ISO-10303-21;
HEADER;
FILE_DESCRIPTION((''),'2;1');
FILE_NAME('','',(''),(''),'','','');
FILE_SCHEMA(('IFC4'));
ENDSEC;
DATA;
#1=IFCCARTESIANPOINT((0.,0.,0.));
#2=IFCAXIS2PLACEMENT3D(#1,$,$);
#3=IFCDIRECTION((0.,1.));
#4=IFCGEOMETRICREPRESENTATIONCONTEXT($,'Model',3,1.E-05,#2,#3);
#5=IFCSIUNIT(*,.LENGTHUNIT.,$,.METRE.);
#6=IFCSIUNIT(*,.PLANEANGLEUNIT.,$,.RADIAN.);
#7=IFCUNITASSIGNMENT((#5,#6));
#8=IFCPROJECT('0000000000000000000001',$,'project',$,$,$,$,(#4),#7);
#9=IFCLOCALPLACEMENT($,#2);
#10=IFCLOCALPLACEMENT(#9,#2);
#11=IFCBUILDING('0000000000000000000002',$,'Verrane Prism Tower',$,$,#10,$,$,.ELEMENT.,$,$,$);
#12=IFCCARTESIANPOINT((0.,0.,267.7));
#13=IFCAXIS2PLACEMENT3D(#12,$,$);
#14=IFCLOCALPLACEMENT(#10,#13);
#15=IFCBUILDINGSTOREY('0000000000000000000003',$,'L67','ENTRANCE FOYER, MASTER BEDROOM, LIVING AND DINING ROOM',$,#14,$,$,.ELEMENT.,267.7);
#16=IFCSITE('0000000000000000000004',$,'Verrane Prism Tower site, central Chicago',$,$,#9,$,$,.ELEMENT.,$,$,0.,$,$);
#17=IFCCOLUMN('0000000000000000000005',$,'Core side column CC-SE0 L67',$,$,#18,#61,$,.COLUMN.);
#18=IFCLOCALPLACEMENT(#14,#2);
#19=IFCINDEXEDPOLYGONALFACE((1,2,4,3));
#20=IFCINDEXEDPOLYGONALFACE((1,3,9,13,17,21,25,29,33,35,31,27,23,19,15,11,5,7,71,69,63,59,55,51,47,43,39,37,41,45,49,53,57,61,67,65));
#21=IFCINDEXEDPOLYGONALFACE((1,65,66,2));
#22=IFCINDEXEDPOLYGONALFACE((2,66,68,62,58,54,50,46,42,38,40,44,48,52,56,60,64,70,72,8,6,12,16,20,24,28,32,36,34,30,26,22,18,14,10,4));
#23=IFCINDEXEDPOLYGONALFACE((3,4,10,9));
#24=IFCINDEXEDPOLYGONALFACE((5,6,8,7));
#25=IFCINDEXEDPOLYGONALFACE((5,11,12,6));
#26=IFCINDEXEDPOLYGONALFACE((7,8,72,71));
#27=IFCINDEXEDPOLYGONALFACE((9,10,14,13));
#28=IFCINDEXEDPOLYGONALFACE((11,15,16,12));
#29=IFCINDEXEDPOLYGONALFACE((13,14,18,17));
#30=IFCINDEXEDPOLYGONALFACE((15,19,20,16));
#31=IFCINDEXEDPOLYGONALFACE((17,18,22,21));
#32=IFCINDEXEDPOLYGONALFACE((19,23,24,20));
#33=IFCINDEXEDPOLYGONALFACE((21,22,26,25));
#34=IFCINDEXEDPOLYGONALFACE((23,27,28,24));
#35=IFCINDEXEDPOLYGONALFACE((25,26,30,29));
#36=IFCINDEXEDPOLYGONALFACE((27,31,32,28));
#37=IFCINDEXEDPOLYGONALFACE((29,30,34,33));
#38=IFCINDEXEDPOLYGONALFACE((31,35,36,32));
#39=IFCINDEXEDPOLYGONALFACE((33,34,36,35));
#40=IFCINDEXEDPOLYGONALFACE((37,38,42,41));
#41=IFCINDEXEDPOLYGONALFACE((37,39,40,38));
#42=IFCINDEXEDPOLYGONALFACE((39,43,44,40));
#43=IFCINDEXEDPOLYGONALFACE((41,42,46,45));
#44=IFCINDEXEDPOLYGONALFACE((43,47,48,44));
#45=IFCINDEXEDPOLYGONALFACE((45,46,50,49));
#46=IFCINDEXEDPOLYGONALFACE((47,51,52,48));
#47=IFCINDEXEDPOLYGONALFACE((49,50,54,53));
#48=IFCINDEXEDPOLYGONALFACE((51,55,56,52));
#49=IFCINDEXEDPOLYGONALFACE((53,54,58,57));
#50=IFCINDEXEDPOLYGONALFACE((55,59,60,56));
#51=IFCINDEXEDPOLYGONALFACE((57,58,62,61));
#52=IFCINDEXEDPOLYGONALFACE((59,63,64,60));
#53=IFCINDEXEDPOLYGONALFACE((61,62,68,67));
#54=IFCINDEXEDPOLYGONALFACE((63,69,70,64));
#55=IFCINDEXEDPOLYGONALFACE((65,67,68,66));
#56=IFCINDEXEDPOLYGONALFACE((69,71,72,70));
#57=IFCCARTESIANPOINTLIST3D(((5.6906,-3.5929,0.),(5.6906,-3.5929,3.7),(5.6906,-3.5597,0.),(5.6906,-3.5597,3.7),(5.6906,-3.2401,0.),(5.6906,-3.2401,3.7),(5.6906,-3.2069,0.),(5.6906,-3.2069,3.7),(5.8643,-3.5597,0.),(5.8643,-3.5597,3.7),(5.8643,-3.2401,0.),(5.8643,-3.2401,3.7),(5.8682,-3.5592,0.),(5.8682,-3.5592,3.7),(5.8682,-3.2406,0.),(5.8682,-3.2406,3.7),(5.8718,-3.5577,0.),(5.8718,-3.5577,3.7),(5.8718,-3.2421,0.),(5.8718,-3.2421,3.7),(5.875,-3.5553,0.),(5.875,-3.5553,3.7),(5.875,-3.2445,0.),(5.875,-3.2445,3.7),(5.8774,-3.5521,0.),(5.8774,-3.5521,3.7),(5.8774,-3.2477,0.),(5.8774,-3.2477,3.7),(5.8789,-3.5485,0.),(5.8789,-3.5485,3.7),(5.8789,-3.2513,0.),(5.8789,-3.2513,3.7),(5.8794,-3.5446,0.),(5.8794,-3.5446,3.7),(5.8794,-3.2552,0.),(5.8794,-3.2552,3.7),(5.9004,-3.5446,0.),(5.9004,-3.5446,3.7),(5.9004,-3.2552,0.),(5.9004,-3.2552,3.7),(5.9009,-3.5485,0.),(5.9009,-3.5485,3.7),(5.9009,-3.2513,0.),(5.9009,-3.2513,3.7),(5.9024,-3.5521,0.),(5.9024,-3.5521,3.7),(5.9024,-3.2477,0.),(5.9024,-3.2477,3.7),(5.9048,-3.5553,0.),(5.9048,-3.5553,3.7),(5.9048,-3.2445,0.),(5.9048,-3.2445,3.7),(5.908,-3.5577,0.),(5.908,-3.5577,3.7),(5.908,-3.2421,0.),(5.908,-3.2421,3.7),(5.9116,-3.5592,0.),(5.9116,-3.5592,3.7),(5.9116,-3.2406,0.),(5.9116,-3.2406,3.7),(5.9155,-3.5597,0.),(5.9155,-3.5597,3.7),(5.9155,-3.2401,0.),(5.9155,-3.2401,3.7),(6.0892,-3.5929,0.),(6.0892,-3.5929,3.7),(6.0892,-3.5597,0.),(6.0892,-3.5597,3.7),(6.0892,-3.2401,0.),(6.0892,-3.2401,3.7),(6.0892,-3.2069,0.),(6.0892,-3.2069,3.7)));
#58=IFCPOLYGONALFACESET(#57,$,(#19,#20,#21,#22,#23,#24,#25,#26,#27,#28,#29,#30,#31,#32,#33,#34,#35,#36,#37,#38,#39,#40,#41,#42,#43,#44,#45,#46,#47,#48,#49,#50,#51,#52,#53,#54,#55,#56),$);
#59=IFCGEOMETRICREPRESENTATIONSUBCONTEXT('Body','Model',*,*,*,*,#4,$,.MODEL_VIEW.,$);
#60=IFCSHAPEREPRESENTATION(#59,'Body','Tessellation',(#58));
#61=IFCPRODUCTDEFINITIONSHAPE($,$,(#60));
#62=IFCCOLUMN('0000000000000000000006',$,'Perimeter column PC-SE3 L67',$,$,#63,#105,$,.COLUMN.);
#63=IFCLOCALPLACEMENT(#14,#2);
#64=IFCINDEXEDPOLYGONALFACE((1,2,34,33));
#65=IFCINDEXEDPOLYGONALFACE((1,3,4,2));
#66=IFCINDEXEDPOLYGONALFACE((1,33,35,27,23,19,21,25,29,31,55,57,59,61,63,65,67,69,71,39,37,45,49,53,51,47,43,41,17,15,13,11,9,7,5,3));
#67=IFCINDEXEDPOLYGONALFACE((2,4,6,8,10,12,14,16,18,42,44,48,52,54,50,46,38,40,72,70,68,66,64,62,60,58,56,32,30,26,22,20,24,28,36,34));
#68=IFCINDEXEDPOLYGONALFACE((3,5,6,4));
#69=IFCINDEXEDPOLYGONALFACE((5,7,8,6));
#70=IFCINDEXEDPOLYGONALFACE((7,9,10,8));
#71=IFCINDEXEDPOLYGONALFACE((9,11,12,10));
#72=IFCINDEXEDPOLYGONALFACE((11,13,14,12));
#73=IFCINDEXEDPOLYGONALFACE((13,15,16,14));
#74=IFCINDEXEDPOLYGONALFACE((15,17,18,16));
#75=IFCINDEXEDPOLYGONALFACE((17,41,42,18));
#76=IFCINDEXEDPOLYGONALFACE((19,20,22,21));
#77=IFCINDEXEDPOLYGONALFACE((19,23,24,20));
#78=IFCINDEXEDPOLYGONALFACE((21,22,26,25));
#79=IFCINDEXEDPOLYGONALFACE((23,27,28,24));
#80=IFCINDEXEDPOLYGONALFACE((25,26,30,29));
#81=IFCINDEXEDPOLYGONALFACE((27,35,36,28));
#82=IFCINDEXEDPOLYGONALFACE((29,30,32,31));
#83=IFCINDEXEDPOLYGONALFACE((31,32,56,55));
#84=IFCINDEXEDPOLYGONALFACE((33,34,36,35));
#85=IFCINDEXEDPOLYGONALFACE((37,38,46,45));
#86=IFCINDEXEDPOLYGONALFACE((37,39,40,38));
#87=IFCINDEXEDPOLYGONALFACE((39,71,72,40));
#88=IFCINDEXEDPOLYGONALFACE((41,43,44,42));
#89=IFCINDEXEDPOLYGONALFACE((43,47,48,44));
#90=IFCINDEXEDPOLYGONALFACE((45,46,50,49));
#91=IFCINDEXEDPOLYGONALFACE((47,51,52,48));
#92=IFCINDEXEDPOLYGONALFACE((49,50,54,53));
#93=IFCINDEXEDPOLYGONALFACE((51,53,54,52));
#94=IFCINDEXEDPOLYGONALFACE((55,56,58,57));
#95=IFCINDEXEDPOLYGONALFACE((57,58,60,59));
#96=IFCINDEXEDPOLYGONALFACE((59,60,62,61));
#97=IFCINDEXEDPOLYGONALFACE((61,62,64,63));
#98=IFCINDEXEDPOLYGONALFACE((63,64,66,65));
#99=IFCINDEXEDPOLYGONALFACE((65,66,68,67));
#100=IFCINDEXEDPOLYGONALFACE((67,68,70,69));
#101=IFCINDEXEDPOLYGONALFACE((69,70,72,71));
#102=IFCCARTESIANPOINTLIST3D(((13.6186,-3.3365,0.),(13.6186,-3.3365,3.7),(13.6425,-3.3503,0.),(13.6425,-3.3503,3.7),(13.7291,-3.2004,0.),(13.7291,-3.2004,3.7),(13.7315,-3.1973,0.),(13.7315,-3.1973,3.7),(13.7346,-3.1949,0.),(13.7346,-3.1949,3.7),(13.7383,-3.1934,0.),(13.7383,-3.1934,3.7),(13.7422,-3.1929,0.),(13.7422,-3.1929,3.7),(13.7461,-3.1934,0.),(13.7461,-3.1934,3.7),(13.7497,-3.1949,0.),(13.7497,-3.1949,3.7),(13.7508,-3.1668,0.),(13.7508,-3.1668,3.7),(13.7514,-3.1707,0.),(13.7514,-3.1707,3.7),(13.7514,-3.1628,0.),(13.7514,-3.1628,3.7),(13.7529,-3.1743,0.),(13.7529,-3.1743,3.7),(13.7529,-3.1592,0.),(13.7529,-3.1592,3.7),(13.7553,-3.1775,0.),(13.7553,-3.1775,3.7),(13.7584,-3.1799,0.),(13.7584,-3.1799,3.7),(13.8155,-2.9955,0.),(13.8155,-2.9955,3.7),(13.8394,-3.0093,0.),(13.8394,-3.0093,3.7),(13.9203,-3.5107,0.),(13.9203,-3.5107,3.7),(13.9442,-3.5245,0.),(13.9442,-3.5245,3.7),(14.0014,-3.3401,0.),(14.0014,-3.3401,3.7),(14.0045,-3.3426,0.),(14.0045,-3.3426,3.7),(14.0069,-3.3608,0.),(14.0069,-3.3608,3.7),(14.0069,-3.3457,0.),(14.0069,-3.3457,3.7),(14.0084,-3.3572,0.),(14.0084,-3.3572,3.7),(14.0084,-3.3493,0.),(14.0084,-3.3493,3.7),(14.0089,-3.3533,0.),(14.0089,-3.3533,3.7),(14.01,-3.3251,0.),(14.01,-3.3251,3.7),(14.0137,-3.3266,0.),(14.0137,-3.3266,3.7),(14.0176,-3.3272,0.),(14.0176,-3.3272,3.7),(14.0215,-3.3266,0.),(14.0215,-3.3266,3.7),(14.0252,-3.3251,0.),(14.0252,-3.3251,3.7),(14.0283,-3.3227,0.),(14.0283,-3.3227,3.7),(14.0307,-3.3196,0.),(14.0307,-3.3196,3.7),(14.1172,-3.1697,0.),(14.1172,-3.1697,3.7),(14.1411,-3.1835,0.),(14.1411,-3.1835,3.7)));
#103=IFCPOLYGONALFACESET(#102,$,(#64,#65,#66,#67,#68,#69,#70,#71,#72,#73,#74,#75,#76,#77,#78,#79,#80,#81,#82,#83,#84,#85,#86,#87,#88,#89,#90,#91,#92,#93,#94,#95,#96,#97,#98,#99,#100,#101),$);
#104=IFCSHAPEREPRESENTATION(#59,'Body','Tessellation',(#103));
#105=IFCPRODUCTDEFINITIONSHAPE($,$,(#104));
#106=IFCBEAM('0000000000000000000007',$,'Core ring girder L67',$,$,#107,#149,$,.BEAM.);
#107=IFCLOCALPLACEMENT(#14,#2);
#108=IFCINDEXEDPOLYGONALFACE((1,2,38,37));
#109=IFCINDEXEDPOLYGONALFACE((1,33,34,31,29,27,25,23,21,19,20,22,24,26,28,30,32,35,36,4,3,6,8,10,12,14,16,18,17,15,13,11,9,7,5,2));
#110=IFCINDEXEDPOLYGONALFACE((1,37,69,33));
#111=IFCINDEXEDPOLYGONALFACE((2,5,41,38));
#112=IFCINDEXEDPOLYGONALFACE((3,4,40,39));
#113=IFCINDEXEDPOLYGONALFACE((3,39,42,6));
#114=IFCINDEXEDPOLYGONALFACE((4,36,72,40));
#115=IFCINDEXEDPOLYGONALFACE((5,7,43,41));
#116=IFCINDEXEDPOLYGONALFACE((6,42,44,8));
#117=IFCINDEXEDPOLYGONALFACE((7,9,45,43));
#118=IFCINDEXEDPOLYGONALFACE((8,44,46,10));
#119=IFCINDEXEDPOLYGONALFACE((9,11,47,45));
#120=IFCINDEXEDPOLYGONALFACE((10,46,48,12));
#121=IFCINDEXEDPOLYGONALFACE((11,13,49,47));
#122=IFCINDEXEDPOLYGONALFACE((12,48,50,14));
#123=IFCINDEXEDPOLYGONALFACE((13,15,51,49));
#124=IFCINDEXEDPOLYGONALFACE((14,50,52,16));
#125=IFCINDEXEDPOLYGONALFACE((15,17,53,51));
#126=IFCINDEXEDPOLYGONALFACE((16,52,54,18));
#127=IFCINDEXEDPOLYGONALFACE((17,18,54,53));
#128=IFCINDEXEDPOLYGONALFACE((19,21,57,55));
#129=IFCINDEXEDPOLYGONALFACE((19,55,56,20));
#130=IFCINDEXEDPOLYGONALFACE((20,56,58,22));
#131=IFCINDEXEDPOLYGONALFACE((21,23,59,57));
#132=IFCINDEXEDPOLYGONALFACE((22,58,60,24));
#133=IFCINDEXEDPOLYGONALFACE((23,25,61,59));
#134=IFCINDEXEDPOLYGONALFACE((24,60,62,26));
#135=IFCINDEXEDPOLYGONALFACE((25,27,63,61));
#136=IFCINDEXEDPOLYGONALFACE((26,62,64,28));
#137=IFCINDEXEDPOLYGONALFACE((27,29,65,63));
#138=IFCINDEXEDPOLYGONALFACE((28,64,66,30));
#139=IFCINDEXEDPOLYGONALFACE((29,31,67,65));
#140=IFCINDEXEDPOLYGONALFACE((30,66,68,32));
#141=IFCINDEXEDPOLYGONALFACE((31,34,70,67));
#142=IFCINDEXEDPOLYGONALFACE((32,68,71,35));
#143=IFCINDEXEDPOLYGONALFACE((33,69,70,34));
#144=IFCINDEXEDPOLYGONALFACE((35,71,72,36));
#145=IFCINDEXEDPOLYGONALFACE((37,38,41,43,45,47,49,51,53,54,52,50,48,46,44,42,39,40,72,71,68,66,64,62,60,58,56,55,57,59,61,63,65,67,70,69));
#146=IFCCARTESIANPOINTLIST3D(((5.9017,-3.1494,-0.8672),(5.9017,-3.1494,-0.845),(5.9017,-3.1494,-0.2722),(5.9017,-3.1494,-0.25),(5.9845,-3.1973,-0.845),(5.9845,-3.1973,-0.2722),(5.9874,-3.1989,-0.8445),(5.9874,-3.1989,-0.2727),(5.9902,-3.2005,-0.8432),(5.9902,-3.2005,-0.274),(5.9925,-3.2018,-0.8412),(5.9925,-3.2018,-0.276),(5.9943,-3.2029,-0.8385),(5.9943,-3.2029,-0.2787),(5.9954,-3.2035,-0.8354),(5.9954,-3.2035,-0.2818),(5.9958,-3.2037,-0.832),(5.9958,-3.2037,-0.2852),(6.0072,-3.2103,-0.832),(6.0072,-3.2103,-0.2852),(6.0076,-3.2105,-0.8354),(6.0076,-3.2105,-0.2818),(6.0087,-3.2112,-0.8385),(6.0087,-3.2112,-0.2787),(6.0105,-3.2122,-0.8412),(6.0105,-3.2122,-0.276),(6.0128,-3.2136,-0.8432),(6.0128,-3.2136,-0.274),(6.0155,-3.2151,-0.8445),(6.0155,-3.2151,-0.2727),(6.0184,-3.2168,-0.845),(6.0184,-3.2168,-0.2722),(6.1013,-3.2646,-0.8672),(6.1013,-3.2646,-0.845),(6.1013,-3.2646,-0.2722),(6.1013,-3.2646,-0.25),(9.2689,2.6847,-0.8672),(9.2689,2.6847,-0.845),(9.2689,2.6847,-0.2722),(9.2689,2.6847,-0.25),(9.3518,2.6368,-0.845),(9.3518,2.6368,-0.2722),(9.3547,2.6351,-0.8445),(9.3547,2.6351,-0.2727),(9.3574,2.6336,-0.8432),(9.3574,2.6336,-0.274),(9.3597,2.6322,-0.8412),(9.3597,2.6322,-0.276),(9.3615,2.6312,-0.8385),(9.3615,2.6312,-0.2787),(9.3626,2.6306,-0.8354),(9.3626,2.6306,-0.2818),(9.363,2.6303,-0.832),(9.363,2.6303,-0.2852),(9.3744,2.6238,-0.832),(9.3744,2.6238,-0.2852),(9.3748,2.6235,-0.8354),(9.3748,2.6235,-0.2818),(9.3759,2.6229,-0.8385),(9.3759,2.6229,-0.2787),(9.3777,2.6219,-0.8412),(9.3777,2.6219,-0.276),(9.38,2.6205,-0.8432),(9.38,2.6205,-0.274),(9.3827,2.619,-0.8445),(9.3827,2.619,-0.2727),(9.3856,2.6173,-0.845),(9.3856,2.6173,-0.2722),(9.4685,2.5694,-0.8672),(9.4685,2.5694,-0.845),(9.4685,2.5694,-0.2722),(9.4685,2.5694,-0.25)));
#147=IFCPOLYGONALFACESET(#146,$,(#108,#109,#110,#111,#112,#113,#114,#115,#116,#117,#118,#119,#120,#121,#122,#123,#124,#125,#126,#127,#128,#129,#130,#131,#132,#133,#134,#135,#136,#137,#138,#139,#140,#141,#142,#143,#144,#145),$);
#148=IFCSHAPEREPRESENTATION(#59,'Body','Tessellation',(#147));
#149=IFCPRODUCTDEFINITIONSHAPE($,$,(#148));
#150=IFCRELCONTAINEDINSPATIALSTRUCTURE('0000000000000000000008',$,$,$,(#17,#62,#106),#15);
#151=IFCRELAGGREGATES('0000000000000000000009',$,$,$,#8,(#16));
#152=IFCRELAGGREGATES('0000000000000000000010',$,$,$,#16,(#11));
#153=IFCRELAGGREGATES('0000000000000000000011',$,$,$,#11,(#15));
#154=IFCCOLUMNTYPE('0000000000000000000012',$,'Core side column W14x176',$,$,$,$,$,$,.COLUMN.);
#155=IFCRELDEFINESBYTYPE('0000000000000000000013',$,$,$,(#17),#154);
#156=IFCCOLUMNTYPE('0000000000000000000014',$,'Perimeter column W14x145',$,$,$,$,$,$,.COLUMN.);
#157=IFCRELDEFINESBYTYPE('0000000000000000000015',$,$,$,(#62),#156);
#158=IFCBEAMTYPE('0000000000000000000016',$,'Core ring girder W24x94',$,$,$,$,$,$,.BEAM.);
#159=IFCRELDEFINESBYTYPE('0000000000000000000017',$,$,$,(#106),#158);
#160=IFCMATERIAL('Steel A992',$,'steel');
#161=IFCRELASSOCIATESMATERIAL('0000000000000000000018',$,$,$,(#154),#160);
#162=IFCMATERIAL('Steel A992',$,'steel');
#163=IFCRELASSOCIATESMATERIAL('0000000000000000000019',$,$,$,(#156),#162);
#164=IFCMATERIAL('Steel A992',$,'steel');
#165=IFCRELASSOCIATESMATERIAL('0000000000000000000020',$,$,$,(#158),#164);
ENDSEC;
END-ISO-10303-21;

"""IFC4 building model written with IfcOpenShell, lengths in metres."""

from ifc_helpers import new_model, si_unit, direction, frame, origin, origin_2d, place, context, subcontext, project, spatial, i_section, extrude, material, material_profile, profile_set, type_object, element, save


model = new_model("IFC4")

# Units and contexts
model_context = context("Model", 3, precision=1e-05, world=origin(), true_north=direction((0.0, 1.0)))
body_context = subcontext(model_context, "Body", "Model", "MODEL_VIEW")
ifc_project = project(units=[si_unit("LENGTHUNIT", "METRE"), si_unit("PLANEANGLEUNIT", "RADIAN")], contexts=[model_context])

# Site, building, storey
site_placement = place(None, origin())
site = spatial("IfcSite", under=ifc_project, at=site_placement, Name="Verrane Prism Tower site, central Chicago", CompositionType="ELEMENT", RefElevation=0.0)
building_placement = place(site_placement, origin())
building = spatial("IfcBuilding", under=site, at=building_placement, Name="Verrane Prism Tower", CompositionType="ELEMENT")
storey_placement = place(building_placement, frame((0.0, 0.0, 267.7)))
storey = spatial("IfcBuildingStorey", under=building, at=storey_placement, Name="L67", Description="ENTRANCE FOYER, MASTER BEDROOM, LIVING AND DINING ROOM", CompositionType="ELEMENT", Elevation=267.7)

# Columns
ifc_material_1 = material(Name="Steel A992", Category="steel")
ifc_material_profile_1 = material_profile(ifc_material_1, i_section(OverallWidth=0.3987, OverallDepth=0.386, WebThickness=0.021, FlangeThickness=0.0332, FilletRadius=0.0151, at=origin_2d()), Name="W14x176")
ifc_profile_set_1 = profile_set([ifc_material_profile_1], Name="Steel A992")
column_type_1 = type_object("IfcColumnType", Name="Core side column W14x176", PredefinedType="COLUMN", material=ifc_profile_set_1)
column_1_placement = place(storey_placement, frame((5.8899, -3.3999, 0.0), z_axis=(0.0, 0.0, 1.0), x_axis=(1.0, 0.0, 0.0)))
element("IfcColumn", 1, at=column_1_placement, inside=storey, type_object=column_type_1, Name="Core side column CC-SE0 L67", PredefinedType="COLUMN", context=body_context, shape_type="SweptSolid", body=[
    extrude(i_section(OverallWidth=0.3987, OverallDepth=0.386, WebThickness=0.021, FlangeThickness=0.0332, FilletRadius=0.0151, at=origin_2d()), origin(), (0.0, 0.0, 1.0), 3.7),
])
ifc_material_2 = material(Name="Steel A992", Category="steel")
ifc_material_profile_2 = material_profile(ifc_material_2, i_section(OverallWidth=0.3938, OverallDepth=0.376, WebThickness=0.0173, FlangeThickness=0.0276, FilletRadius=0.0151, at=origin_2d()), Name="W14x145")
ifc_profile_set_2 = profile_set([ifc_material_profile_2], Name="Steel A992")
column_type_2 = type_object("IfcColumnType", Name="Perimeter column W14x145", PredefinedType="COLUMN", material=ifc_profile_set_2)
column_2_placement = place(storey_placement, frame((13.8799, -3.26, 0.0), z_axis=(0.0, 0.0, 1.0), x_axis=(-0.5, -0.866025, 0.0)))
element("IfcColumn", 2, at=column_2_placement, inside=storey, type_object=column_type_2, Name="Perimeter column PC-SE3 L67", PredefinedType="COLUMN", context=body_context, shape_type="SweptSolid", body=[
    extrude(i_section(OverallWidth=0.3938, OverallDepth=0.376, WebThickness=0.0173, FlangeThickness=0.0276, FilletRadius=0.0151, at=origin_2d()), origin(), (0.0, 0.0, 1.0), 3.7),
])

# Beam
ifc_material_3 = material(Name="Steel A992", Category="steel")
ifc_material_profile_3 = material_profile(ifc_material_3, i_section(OverallWidth=0.2305, OverallDepth=0.6172, WebThickness=0.0132, FlangeThickness=0.0222, FilletRadius=0.0129, at=origin_2d()), Name="W24x94")
ifc_profile_set_3 = profile_set([ifc_material_profile_3], Name="Steel A992")
beam_type_1 = type_object("IfcBeamType", Name="Core ring girder W24x94", PredefinedType="BEAM", material=ifc_profile_set_3)
beam_1_placement = place(storey_placement, frame((6.0015, -3.207, -0.5586), z_axis=(0.499881, 0.866094, 0.0), x_axis=(-0.866094, 0.499881, 0.0)))
element("IfcBeam", 3, at=beam_1_placement, inside=storey, type_object=beam_type_1, Name="Core ring girder L67", PredefinedType="BEAM", context=body_context, shape_type="SweptSolid", body=[
    extrude(i_section(OverallWidth=0.2305, OverallDepth=0.6172, WebThickness=0.0132, FlangeThickness=0.0222, FilletRadius=0.0129, at=origin_2d()), origin(), (0.0, 0.0, 1.0), 6.7361),
])

save(model, "model.ifc")
